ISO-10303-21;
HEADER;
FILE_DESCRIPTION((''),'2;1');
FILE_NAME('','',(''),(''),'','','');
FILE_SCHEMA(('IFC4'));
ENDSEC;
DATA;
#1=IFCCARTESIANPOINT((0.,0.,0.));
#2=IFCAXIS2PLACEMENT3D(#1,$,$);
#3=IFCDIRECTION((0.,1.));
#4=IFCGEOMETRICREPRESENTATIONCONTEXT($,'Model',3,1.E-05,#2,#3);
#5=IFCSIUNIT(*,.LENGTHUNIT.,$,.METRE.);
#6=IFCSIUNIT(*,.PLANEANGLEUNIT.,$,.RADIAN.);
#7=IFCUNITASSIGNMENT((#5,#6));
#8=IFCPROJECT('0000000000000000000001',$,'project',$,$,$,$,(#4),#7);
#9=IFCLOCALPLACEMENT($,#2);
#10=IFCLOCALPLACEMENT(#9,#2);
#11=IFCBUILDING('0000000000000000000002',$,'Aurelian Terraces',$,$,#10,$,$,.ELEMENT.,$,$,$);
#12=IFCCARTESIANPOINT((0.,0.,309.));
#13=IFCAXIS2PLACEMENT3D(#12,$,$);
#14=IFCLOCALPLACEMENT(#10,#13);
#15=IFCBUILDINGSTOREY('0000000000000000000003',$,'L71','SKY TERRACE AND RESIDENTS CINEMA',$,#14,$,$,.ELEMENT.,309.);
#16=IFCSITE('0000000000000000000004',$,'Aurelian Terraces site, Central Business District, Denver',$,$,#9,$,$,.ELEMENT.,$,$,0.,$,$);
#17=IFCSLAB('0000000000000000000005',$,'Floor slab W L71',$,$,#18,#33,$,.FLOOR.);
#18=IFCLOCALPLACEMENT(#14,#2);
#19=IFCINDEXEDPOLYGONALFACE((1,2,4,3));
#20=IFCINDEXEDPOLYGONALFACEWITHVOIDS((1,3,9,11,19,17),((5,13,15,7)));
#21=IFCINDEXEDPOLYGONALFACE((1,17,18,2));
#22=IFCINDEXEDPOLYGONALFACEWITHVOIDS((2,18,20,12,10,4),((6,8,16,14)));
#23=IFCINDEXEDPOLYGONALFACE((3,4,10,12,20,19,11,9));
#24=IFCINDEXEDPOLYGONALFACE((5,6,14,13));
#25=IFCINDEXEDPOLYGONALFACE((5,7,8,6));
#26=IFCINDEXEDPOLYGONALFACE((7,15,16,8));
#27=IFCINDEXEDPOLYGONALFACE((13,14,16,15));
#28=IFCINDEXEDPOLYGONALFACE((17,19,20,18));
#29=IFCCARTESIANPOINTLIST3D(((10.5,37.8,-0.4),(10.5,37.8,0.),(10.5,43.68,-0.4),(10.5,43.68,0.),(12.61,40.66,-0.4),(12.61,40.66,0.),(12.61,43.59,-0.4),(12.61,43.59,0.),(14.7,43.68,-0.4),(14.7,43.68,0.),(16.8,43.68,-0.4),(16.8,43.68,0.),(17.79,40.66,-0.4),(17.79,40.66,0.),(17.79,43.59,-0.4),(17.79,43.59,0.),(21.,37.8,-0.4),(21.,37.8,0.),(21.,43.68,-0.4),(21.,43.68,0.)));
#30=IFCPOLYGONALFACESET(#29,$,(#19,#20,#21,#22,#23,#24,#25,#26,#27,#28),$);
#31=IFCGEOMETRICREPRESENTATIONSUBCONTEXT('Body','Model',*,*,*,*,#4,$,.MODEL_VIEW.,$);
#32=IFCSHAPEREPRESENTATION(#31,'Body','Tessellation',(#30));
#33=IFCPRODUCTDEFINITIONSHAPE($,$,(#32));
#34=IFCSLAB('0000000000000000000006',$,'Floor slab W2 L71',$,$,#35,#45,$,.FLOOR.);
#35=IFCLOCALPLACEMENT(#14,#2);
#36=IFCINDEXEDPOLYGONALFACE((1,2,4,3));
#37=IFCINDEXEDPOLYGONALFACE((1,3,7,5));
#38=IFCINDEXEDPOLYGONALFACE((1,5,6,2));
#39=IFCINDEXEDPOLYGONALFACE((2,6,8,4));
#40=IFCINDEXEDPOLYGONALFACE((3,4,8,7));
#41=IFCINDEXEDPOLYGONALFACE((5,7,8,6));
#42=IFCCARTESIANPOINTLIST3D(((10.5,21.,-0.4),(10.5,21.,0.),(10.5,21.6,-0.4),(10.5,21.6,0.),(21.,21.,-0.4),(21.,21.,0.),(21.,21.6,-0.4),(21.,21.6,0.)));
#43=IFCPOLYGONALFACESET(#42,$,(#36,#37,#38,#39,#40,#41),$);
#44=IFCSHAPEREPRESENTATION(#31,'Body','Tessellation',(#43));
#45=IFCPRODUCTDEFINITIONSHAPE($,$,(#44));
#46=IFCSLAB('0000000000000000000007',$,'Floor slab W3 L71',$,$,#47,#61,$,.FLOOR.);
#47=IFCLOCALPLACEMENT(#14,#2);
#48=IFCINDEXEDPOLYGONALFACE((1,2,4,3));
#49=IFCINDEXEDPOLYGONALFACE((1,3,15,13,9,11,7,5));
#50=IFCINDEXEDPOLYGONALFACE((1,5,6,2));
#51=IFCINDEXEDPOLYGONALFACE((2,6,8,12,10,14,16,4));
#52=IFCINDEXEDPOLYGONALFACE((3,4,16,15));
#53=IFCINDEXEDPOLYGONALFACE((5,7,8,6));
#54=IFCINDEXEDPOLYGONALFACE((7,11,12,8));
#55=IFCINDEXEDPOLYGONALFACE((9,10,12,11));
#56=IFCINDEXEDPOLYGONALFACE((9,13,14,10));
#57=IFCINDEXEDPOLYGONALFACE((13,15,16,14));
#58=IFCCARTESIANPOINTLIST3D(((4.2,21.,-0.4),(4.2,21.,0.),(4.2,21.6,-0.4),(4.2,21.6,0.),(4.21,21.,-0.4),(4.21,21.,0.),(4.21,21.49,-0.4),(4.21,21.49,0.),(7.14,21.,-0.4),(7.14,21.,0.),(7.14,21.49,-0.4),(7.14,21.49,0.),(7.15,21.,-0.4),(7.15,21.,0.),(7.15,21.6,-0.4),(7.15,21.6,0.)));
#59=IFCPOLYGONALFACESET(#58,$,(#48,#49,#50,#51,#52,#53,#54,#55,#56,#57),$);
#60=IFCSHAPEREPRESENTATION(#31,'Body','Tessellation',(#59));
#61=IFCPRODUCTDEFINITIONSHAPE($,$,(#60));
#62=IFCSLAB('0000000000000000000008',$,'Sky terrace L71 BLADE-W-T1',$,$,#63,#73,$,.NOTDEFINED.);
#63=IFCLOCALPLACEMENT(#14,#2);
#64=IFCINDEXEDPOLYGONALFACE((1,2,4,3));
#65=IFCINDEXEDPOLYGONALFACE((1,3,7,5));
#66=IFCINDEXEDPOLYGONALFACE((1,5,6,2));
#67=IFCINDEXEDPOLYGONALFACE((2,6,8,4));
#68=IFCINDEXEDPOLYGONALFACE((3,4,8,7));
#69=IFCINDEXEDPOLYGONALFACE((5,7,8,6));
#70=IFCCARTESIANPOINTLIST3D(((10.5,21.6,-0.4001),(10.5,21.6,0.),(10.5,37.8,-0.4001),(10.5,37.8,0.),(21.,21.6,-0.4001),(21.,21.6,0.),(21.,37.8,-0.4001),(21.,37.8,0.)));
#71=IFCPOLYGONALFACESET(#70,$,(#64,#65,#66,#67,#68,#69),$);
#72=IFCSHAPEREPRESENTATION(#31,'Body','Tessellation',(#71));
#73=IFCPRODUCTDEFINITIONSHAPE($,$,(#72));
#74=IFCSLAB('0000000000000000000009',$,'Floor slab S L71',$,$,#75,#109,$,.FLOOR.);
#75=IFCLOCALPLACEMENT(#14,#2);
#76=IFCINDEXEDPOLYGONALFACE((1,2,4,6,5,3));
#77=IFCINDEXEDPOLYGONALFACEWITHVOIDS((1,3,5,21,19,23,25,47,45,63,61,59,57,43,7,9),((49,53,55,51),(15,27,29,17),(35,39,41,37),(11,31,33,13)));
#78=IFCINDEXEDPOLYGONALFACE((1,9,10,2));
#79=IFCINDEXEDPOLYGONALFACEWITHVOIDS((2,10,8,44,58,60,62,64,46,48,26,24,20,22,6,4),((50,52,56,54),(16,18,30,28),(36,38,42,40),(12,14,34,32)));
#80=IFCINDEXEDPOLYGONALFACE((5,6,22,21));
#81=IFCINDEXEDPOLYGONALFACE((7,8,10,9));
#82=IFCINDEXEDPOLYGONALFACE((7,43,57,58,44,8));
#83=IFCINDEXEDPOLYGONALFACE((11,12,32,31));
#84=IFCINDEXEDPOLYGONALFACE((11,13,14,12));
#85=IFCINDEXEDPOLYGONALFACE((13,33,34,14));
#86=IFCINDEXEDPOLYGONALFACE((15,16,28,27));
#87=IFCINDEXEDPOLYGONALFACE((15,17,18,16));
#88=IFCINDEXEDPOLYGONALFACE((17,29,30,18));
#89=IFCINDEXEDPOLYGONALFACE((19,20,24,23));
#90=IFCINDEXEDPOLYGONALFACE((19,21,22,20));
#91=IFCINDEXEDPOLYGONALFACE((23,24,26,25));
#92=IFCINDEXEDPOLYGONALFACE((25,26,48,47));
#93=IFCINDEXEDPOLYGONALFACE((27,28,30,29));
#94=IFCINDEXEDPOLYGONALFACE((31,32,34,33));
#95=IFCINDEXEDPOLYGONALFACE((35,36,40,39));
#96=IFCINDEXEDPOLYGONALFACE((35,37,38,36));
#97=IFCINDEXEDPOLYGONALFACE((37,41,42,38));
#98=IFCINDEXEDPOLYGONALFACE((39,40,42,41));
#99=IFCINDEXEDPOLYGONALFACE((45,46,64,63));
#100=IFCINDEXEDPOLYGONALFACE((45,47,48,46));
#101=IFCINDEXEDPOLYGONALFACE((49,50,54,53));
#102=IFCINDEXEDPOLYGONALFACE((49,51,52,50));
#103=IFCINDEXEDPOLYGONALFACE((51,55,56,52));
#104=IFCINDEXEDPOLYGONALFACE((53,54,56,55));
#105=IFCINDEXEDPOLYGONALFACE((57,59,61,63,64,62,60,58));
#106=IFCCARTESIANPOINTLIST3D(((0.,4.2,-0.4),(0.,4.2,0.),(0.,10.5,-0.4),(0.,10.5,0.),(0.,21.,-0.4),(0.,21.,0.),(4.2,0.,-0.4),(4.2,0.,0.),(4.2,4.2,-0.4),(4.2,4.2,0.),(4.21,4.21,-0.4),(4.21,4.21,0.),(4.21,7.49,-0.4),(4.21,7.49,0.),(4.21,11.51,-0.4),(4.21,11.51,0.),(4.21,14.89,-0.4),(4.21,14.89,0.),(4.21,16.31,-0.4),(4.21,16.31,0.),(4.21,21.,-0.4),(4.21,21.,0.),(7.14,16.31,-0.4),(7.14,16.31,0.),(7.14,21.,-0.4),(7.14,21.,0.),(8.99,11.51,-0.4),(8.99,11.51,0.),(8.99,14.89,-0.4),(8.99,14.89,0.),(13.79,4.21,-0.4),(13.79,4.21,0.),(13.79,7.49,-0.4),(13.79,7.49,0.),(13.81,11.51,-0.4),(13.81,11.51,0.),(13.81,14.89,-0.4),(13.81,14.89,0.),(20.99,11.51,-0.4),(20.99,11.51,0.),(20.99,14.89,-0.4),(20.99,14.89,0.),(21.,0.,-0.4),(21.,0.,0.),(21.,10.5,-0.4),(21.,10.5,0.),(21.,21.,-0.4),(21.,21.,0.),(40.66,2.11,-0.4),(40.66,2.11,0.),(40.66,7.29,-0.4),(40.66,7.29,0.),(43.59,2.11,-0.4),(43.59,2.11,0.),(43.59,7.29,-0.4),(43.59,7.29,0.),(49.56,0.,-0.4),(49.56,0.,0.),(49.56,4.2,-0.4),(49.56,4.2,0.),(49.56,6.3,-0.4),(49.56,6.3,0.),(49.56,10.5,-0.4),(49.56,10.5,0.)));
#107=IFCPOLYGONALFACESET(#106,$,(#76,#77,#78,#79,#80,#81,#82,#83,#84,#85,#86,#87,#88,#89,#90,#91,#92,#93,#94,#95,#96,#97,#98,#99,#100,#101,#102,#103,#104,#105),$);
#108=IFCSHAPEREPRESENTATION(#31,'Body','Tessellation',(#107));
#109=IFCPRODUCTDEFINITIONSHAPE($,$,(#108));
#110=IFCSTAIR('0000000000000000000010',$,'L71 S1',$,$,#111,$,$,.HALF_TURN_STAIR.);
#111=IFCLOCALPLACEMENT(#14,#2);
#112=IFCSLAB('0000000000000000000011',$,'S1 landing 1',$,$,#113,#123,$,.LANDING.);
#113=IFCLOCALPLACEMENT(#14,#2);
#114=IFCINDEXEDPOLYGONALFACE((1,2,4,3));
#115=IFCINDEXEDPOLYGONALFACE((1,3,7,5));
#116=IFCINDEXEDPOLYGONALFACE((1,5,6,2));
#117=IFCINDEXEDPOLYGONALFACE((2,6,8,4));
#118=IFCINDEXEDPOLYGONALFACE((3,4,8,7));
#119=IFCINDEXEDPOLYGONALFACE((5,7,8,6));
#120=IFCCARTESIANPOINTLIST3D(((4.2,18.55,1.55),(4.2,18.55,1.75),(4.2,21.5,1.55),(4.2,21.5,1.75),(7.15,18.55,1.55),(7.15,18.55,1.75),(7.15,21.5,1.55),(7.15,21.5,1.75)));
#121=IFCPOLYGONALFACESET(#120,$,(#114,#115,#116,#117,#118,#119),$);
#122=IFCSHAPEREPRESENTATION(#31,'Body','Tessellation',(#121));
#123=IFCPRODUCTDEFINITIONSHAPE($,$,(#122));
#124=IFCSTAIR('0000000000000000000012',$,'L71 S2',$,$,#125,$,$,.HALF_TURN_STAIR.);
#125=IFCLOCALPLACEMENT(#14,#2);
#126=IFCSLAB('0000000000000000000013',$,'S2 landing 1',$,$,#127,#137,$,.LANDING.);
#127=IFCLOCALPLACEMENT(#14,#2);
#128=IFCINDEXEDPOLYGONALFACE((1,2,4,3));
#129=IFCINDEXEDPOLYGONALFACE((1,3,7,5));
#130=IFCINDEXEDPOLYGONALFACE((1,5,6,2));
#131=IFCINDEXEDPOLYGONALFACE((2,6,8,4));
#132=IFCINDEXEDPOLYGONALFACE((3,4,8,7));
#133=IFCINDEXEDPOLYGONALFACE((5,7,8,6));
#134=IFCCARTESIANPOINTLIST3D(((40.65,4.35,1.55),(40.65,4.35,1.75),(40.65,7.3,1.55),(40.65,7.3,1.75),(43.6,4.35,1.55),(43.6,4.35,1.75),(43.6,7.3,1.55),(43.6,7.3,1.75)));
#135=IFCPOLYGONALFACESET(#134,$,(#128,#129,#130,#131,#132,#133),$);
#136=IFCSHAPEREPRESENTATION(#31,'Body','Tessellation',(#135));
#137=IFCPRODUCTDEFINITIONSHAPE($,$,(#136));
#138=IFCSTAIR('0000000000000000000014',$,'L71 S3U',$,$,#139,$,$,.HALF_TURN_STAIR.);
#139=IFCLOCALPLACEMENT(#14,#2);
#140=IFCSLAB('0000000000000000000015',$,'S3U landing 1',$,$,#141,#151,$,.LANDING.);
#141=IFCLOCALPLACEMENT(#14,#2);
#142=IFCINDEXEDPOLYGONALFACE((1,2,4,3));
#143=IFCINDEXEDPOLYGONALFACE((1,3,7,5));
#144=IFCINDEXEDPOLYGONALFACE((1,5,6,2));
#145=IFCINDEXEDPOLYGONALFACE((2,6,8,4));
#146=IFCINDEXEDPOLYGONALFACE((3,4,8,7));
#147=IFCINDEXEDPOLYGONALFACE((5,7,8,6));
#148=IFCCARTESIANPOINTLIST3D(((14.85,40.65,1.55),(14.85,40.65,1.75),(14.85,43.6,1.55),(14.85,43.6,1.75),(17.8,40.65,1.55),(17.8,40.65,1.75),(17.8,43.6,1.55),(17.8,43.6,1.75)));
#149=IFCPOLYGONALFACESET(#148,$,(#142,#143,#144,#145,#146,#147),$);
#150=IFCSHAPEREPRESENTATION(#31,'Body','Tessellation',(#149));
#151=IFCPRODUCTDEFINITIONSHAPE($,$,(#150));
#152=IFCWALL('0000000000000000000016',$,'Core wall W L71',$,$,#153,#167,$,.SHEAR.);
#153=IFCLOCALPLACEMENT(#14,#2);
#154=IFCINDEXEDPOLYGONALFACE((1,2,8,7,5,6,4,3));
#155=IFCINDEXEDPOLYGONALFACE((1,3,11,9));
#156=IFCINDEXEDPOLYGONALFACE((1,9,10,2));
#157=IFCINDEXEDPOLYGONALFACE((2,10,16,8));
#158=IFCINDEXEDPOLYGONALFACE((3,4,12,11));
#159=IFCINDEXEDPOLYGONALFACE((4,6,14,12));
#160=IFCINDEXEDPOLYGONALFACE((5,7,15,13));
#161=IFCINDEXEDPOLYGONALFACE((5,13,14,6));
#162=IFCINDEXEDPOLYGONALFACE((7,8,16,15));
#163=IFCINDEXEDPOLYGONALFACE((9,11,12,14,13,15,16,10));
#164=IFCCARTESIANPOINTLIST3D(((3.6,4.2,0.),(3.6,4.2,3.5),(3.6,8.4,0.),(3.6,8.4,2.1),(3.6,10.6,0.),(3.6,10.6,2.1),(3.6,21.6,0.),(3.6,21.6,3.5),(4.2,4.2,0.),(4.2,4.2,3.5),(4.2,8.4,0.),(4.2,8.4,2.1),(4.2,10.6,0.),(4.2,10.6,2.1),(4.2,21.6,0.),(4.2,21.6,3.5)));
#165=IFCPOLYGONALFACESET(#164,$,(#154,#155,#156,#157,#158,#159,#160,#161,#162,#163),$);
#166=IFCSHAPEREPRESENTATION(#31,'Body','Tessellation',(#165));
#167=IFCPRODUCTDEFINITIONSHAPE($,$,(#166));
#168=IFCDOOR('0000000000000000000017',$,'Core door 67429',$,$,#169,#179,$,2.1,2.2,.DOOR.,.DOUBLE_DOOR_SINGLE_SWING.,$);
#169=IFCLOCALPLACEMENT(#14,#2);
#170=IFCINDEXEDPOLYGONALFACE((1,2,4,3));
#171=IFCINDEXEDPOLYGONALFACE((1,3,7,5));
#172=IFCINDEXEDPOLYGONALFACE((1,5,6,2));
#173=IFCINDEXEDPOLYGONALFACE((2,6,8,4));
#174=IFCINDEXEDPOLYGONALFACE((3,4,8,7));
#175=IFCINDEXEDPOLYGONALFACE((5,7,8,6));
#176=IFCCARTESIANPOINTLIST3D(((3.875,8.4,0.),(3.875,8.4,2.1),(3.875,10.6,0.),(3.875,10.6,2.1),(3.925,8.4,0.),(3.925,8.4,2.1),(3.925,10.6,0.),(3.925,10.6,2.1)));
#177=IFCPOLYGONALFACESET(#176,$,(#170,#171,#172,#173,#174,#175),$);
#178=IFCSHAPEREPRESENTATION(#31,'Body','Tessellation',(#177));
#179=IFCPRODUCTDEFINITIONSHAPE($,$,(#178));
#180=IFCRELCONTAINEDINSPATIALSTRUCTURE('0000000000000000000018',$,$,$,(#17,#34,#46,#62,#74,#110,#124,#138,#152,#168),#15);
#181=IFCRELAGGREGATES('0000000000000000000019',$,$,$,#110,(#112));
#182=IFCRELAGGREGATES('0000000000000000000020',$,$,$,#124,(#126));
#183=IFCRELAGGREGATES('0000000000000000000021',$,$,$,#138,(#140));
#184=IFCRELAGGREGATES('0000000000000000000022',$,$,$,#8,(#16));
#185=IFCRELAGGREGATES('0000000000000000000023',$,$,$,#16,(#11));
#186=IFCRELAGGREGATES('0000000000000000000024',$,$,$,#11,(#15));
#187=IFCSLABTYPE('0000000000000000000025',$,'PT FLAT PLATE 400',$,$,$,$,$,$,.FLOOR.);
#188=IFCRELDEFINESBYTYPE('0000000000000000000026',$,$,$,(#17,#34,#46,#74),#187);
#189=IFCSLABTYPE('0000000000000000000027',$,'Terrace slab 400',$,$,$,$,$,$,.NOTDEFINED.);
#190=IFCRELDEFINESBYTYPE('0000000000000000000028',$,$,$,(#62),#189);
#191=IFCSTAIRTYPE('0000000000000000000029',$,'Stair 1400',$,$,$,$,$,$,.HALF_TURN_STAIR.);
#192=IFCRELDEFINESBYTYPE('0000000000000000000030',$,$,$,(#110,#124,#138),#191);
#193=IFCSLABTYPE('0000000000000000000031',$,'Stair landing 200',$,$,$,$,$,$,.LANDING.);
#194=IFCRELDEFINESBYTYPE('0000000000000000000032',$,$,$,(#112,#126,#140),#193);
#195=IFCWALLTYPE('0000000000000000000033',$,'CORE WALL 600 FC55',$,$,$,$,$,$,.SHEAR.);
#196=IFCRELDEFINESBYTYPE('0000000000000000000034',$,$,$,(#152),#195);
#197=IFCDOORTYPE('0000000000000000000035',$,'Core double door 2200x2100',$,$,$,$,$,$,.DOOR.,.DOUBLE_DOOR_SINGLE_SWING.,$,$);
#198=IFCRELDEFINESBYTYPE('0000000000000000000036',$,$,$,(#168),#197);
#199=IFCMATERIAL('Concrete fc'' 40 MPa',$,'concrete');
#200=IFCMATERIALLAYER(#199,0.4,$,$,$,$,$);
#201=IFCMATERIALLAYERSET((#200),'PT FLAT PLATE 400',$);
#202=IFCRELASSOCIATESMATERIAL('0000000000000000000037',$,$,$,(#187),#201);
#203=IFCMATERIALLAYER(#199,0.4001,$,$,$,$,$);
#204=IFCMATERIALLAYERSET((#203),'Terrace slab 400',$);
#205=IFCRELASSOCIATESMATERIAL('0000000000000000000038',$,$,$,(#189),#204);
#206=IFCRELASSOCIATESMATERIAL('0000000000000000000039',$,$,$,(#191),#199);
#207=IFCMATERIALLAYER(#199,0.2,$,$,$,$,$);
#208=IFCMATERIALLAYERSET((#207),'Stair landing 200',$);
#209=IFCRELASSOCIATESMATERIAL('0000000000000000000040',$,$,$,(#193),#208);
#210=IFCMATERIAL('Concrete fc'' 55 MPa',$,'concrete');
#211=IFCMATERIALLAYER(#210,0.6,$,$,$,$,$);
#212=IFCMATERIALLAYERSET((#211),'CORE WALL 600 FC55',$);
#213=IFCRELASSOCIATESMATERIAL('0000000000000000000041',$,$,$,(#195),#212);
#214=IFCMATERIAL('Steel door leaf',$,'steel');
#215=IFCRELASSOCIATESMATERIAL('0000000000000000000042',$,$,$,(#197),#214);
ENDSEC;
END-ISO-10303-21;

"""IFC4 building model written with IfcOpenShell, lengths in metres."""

from ifc_helpers import new_model, si_unit, direction, frame, frame_2d, origin, place, context, subcontext, project, spatial, polyline, rectangle, outline, extrude, source, transform, mapped, material, layer, layer_set, type_object, element, fill, aggregate, save


model = new_model("IFC4")

# Units and contexts
model_context = context("Model", 3, precision=1e-05, world=origin(), true_north=direction((0.0, 1.0)))
body_context = subcontext(model_context, "Body", "Model", "MODEL_VIEW")
ifc_project = project(units=[si_unit("LENGTHUNIT", "METRE"), si_unit("PLANEANGLEUNIT", "RADIAN")], contexts=[model_context])

# Site, building, storey
site_placement = place(None, origin())
site = spatial("IfcSite", under=ifc_project, at=site_placement, Name="Aurelian Terraces site, Central Business District, Denver", CompositionType="ELEMENT", RefElevation=0.0)
building_placement = place(site_placement, origin())
building = spatial("IfcBuilding", under=site, at=building_placement, Name="Aurelian Terraces", CompositionType="ELEMENT")
storey_placement = place(building_placement, frame((0.0, 0.0, 309.0)))
storey = spatial("IfcBuildingStorey", under=building, at=storey_placement, Name="L71", Description="SKY TERRACE AND RESIDENTS CINEMA", CompositionType="ELEMENT", Elevation=309.0)

# Slabs
ifc_material_1 = material(Name="Concrete fc' 40 MPa", Category="concrete")
ifc_layer_1 = layer(ifc_material_1, 0.4)
ifc_layer_set_1 = layer_set([ifc_layer_1], Name="PT FLAT PLATE 400")
slab_type_1 = type_object("IfcSlabType", Name="PT FLAT PLATE 400", PredefinedType="FLOOR", material=ifc_layer_set_1)
slab_1_placement = place(storey_placement, frame((0.0, 0.0, -0.4)))
element("IfcSlab", 1, at=slab_1_placement, inside=storey, type_object=slab_type_1, Name="Floor slab W L71", PredefinedType="FLOOR", context=body_context, shape_type="SweptSolid", body=[
    extrude(outline(polyline([(14.7, 43.68), (16.8, 43.68), (21.0, 43.68), (21.0, 37.8), (10.5, 37.8), (10.5, 43.68), (14.7, 43.68)]), holes=[polyline([(17.79, 43.59), (12.61, 43.59), (12.61, 40.66), (17.79, 40.66), (17.79, 43.59)])]), origin(), (0.0, 0.0, 1.0), 0.4),
])
slab_2_placement = place(storey_placement, frame((0.0, 0.0, -0.4)))
element("IfcSlab", 2, at=slab_2_placement, inside=storey, type_object=slab_type_1, Name="Floor slab W2 L71", PredefinedType="FLOOR", context=body_context, shape_type="SweptSolid", body=[
    extrude(outline(polyline([(21.0, 21.6), (21.0, 21.0), (10.5, 21.0), (10.5, 21.6), (21.0, 21.6)])), origin(), (0.0, 0.0, 1.0), 0.4),
])
slab_3_placement = place(storey_placement, frame((0.0, 0.0, -0.4)))
element("IfcSlab", 3, at=slab_3_placement, inside=storey, type_object=slab_type_1, Name="Floor slab W3 L71", PredefinedType="FLOOR", context=body_context, shape_type="SweptSolid", body=[
    extrude(outline(polyline([(4.2, 21.6), (7.15, 21.6), (7.15, 21.0), (7.14, 21.0), (7.14, 21.49), (4.21, 21.49), (4.21, 21.0), (4.2, 21.0), (4.2, 21.6)])), origin(), (0.0, 0.0, 1.0), 0.4),
])
ifc_layer_2 = layer(ifc_material_1, 0.4001)
ifc_layer_set_2 = layer_set([ifc_layer_2], Name="Terrace slab 400")
slab_type_2 = type_object("IfcSlabType", Name="Terrace slab 400", PredefinedType="NOTDEFINED", material=ifc_layer_set_2)
slab_4_placement = place(storey_placement, frame((0.0, 0.0, -0.4001)))
element("IfcSlab", 4, at=slab_4_placement, inside=storey, type_object=slab_type_2, Name="Sky terrace L71 BLADE-W-T1", PredefinedType="NOTDEFINED", context=body_context, shape_type="SweptSolid", body=[
    extrude(outline(polyline([(10.5, 21.6), (10.5, 37.8), (21.0, 37.8), (21.0, 21.6), (10.5, 21.6)])), origin(), (0.0, 0.0, 1.0), 0.4001),
])
shared_shape_1 = source(origin(), body_context, "Body", "SweptSolid", [
    extrude(outline(polyline([(21.0, 0.0), (4.2, 0.0), (4.2, 4.2), (0.0, 4.2), (0.0, 10.5), (0.0, 21.0), (4.21, 21.0), (4.21, 16.31), (7.14, 16.31), (7.14, 21.0), (21.0, 21.0), (21.0, 10.5), (49.56, 10.5), (49.56, 6.3), (49.56, 4.2), (49.56, 0.0), (21.0, 0.0)]), holes=[polyline([(40.66, 2.11), (43.59, 2.11), (43.59, 7.29), (40.66, 7.29), (40.66, 2.11)]), polyline([(13.81, 14.89), (13.81, 11.51), (20.99, 11.51), (20.99, 14.89), (13.81, 14.89)]), polyline([(4.21, 7.49), (4.21, 4.21), (13.79, 4.21), (13.79, 7.49), (4.21, 7.49)]), polyline([(8.99, 11.51), (8.99, 14.89), (4.21, 14.89), (4.21, 11.51), (8.99, 11.51)])]), origin(), (0.0, 0.0, 1.0), 0.4),
])
slab_5_placement = place(storey_placement, frame((0.0, 0.0, -0.4)))
element("IfcSlab", 5, at=slab_5_placement, inside=storey, type_object=slab_type_1, Name="Floor slab S L71", PredefinedType="FLOOR", context=body_context, shape_type="MappedRepresentation", body=[
    mapped(shared_shape_1, transform((0.0, 0.0, 0.0), scale=1.0)),
])

# Stairs, slabs
stair_type = type_object("IfcStairType", Name="Stair 1400", PredefinedType="HALF_TURN_STAIR", material=ifc_material_1)
stair_1_placement = place(storey_placement, origin())
stair_1 = element("IfcStair", 6, at=stair_1_placement, inside=storey, type_object=stair_type, Name="L71 S1", PredefinedType="HALF_TURN_STAIR")
ifc_layer_3 = layer(ifc_material_1, 0.2)
ifc_layer_set_3 = layer_set([ifc_layer_3], Name="Stair landing 200")
slab_type_3 = type_object("IfcSlabType", Name="Stair landing 200", PredefinedType="LANDING", material=ifc_layer_set_3)
shared_shape_2 = source(origin(), body_context, "Body", "SweptSolid", [
    extrude(outline(polyline([(7.15, 18.55), (7.15, 21.5), (4.2, 21.5), (4.2, 18.55), (7.15, 18.55)])), origin(), (0.0, 0.0, 1.0), 0.2),
])
slab_6_placement = place(storey_placement, frame((0.0, 0.0, 1.55)))
slab_6 = element("IfcSlab", 7, at=slab_6_placement, type_object=slab_type_3, Name="S1 landing 1", PredefinedType="LANDING", context=body_context, shape_type="MappedRepresentation", body=[
    mapped(shared_shape_2, transform((0.0, 0.0, 0.0), scale=1.0)),
])
aggregate(stair_1, [slab_6])
stair_2_placement = place(storey_placement, origin())
stair_2 = element("IfcStair", 8, at=stair_2_placement, inside=storey, type_object=stair_type, Name="L71 S2", PredefinedType="HALF_TURN_STAIR")
shared_shape_3 = source(origin(), body_context, "Body", "SweptSolid", [
    extrude(outline(polyline([(43.6, 4.35), (43.6, 7.3), (40.65, 7.3), (40.65, 4.35), (43.6, 4.35)])), origin(), (0.0, 0.0, 1.0), 0.2),
])
slab_7_placement = place(storey_placement, frame((0.0, 0.0, 1.55)))
slab_7 = element("IfcSlab", 9, at=slab_7_placement, type_object=slab_type_3, Name="S2 landing 1", PredefinedType="LANDING", context=body_context, shape_type="MappedRepresentation", body=[
    mapped(shared_shape_3, transform((0.0, 0.0, 0.0), scale=1.0)),
])
aggregate(stair_2, [slab_7])
stair_3_placement = place(storey_placement, origin())
stair_3 = element("IfcStair", 10, at=stair_3_placement, inside=storey, type_object=stair_type, Name="L71 S3U", PredefinedType="HALF_TURN_STAIR")
shared_shape_4 = source(origin(), body_context, "Body", "SweptSolid", [
    extrude(outline(polyline([(14.85, 40.65), (17.8, 40.65), (17.8, 43.6), (14.85, 43.6), (14.85, 40.65)])), origin(), (0.0, 0.0, 1.0), 0.2),
])
slab_8_placement = place(storey_placement, frame((0.0, 0.0, 1.55)))
slab_8 = element("IfcSlab", 11, at=slab_8_placement, type_object=slab_type_3, Name="S3U landing 1", PredefinedType="LANDING", context=body_context, shape_type="MappedRepresentation", body=[
    mapped(shared_shape_4, transform((0.0, 0.0, 0.0), scale=1.0)),
])
aggregate(stair_3, [slab_8])

# Wall, opening, door
ifc_material_2 = material(Name="Concrete fc' 55 MPa", Category="concrete")
ifc_layer_4 = layer(ifc_material_2, 0.6)
ifc_layer_set_4 = layer_set([ifc_layer_4], Name="CORE WALL 600 FC55")
wall_type_1 = type_object("IfcWallType", Name="CORE WALL 600 FC55", PredefinedType="SHEAR", material=ifc_layer_set_4)
shared_shape_5 = source(origin(), body_context, "Body", "SweptSolid", [
    extrude(rectangle(XDim=17.4, YDim=0.6, at=frame_2d((8.7, 0.0))), origin(), (0.0, 0.0, 1.0), 3.5),
])
wall_1_placement = place(storey_placement, frame((3.9, 4.2, 0.0), z_axis=(0.0, 0.0, 1.0), x_axis=(0.0, 1.0, 0.0)))
wall_1 = element("IfcWall", 12, at=wall_1_placement, inside=storey, type_object=wall_type_1, Name="Core wall W L71", PredefinedType="SHEAR", context=body_context, shape_type="MappedRepresentation", body=[
    mapped(shared_shape_5, transform((0.0, 0.0, 0.0), scale=1.0)),
])
shared_shape_6 = source(origin(), body_context, "Body", "SweptSolid", [
    extrude(rectangle(XDim=2.2, YDim=2.1, at=frame_2d((1.1, 1.05))), frame((0.0, 0.31, 0.0), z_axis=(0.0, -1.0, 0.0), x_axis=(1.0, 0.0, 0.0)), (0.0, 0.0, 1.0), 0.62),
])
opening_1_placement = place(wall_1_placement, frame((4.2, 0.0, 0.0)))
opening_1 = element("IfcOpeningElement", 13, at=opening_1_placement, cuts=wall_1, PredefinedType="OPENING", context=body_context, shape_type="MappedRepresentation", body=[
    mapped(shared_shape_6, transform((0.0, 0.0, 0.0), scale=1.0)),
])
ifc_material_3 = material(Name="Steel door leaf", Category="steel")
door_type = type_object("IfcDoorType", Name="Core double door 2200x2100", OperationType="DOUBLE_DOOR_SINGLE_SWING", PredefinedType="DOOR", material=ifc_material_3)
shared_shape_7 = source(origin(), body_context, "Body", "SweptSolid", [
    extrude(rectangle(XDim=2.2, YDim=2.1, at=frame_2d((1.1, 1.05))), frame((0.0, 0.025, 0.0), z_axis=(0.0, -1.0, 0.0), x_axis=(1.0, 0.0, 0.0)), (0.0, 0.0, 1.0), 0.05),
])
door_placement = place(opening_1_placement, origin())
door = element("IfcDoor", 14, at=door_placement, inside=storey, type_object=door_type, Name="Core door 67429", OperationType="DOUBLE_DOOR_SINGLE_SWING", OverallHeight=2.1, OverallWidth=2.2, PredefinedType="DOOR", context=body_context, shape_type="MappedRepresentation", body=[
    mapped(shared_shape_7, transform((0.0, 0.0, 0.0), scale=1.0)),
])
fill(opening_1, door)

save(model, "model.ifc")
